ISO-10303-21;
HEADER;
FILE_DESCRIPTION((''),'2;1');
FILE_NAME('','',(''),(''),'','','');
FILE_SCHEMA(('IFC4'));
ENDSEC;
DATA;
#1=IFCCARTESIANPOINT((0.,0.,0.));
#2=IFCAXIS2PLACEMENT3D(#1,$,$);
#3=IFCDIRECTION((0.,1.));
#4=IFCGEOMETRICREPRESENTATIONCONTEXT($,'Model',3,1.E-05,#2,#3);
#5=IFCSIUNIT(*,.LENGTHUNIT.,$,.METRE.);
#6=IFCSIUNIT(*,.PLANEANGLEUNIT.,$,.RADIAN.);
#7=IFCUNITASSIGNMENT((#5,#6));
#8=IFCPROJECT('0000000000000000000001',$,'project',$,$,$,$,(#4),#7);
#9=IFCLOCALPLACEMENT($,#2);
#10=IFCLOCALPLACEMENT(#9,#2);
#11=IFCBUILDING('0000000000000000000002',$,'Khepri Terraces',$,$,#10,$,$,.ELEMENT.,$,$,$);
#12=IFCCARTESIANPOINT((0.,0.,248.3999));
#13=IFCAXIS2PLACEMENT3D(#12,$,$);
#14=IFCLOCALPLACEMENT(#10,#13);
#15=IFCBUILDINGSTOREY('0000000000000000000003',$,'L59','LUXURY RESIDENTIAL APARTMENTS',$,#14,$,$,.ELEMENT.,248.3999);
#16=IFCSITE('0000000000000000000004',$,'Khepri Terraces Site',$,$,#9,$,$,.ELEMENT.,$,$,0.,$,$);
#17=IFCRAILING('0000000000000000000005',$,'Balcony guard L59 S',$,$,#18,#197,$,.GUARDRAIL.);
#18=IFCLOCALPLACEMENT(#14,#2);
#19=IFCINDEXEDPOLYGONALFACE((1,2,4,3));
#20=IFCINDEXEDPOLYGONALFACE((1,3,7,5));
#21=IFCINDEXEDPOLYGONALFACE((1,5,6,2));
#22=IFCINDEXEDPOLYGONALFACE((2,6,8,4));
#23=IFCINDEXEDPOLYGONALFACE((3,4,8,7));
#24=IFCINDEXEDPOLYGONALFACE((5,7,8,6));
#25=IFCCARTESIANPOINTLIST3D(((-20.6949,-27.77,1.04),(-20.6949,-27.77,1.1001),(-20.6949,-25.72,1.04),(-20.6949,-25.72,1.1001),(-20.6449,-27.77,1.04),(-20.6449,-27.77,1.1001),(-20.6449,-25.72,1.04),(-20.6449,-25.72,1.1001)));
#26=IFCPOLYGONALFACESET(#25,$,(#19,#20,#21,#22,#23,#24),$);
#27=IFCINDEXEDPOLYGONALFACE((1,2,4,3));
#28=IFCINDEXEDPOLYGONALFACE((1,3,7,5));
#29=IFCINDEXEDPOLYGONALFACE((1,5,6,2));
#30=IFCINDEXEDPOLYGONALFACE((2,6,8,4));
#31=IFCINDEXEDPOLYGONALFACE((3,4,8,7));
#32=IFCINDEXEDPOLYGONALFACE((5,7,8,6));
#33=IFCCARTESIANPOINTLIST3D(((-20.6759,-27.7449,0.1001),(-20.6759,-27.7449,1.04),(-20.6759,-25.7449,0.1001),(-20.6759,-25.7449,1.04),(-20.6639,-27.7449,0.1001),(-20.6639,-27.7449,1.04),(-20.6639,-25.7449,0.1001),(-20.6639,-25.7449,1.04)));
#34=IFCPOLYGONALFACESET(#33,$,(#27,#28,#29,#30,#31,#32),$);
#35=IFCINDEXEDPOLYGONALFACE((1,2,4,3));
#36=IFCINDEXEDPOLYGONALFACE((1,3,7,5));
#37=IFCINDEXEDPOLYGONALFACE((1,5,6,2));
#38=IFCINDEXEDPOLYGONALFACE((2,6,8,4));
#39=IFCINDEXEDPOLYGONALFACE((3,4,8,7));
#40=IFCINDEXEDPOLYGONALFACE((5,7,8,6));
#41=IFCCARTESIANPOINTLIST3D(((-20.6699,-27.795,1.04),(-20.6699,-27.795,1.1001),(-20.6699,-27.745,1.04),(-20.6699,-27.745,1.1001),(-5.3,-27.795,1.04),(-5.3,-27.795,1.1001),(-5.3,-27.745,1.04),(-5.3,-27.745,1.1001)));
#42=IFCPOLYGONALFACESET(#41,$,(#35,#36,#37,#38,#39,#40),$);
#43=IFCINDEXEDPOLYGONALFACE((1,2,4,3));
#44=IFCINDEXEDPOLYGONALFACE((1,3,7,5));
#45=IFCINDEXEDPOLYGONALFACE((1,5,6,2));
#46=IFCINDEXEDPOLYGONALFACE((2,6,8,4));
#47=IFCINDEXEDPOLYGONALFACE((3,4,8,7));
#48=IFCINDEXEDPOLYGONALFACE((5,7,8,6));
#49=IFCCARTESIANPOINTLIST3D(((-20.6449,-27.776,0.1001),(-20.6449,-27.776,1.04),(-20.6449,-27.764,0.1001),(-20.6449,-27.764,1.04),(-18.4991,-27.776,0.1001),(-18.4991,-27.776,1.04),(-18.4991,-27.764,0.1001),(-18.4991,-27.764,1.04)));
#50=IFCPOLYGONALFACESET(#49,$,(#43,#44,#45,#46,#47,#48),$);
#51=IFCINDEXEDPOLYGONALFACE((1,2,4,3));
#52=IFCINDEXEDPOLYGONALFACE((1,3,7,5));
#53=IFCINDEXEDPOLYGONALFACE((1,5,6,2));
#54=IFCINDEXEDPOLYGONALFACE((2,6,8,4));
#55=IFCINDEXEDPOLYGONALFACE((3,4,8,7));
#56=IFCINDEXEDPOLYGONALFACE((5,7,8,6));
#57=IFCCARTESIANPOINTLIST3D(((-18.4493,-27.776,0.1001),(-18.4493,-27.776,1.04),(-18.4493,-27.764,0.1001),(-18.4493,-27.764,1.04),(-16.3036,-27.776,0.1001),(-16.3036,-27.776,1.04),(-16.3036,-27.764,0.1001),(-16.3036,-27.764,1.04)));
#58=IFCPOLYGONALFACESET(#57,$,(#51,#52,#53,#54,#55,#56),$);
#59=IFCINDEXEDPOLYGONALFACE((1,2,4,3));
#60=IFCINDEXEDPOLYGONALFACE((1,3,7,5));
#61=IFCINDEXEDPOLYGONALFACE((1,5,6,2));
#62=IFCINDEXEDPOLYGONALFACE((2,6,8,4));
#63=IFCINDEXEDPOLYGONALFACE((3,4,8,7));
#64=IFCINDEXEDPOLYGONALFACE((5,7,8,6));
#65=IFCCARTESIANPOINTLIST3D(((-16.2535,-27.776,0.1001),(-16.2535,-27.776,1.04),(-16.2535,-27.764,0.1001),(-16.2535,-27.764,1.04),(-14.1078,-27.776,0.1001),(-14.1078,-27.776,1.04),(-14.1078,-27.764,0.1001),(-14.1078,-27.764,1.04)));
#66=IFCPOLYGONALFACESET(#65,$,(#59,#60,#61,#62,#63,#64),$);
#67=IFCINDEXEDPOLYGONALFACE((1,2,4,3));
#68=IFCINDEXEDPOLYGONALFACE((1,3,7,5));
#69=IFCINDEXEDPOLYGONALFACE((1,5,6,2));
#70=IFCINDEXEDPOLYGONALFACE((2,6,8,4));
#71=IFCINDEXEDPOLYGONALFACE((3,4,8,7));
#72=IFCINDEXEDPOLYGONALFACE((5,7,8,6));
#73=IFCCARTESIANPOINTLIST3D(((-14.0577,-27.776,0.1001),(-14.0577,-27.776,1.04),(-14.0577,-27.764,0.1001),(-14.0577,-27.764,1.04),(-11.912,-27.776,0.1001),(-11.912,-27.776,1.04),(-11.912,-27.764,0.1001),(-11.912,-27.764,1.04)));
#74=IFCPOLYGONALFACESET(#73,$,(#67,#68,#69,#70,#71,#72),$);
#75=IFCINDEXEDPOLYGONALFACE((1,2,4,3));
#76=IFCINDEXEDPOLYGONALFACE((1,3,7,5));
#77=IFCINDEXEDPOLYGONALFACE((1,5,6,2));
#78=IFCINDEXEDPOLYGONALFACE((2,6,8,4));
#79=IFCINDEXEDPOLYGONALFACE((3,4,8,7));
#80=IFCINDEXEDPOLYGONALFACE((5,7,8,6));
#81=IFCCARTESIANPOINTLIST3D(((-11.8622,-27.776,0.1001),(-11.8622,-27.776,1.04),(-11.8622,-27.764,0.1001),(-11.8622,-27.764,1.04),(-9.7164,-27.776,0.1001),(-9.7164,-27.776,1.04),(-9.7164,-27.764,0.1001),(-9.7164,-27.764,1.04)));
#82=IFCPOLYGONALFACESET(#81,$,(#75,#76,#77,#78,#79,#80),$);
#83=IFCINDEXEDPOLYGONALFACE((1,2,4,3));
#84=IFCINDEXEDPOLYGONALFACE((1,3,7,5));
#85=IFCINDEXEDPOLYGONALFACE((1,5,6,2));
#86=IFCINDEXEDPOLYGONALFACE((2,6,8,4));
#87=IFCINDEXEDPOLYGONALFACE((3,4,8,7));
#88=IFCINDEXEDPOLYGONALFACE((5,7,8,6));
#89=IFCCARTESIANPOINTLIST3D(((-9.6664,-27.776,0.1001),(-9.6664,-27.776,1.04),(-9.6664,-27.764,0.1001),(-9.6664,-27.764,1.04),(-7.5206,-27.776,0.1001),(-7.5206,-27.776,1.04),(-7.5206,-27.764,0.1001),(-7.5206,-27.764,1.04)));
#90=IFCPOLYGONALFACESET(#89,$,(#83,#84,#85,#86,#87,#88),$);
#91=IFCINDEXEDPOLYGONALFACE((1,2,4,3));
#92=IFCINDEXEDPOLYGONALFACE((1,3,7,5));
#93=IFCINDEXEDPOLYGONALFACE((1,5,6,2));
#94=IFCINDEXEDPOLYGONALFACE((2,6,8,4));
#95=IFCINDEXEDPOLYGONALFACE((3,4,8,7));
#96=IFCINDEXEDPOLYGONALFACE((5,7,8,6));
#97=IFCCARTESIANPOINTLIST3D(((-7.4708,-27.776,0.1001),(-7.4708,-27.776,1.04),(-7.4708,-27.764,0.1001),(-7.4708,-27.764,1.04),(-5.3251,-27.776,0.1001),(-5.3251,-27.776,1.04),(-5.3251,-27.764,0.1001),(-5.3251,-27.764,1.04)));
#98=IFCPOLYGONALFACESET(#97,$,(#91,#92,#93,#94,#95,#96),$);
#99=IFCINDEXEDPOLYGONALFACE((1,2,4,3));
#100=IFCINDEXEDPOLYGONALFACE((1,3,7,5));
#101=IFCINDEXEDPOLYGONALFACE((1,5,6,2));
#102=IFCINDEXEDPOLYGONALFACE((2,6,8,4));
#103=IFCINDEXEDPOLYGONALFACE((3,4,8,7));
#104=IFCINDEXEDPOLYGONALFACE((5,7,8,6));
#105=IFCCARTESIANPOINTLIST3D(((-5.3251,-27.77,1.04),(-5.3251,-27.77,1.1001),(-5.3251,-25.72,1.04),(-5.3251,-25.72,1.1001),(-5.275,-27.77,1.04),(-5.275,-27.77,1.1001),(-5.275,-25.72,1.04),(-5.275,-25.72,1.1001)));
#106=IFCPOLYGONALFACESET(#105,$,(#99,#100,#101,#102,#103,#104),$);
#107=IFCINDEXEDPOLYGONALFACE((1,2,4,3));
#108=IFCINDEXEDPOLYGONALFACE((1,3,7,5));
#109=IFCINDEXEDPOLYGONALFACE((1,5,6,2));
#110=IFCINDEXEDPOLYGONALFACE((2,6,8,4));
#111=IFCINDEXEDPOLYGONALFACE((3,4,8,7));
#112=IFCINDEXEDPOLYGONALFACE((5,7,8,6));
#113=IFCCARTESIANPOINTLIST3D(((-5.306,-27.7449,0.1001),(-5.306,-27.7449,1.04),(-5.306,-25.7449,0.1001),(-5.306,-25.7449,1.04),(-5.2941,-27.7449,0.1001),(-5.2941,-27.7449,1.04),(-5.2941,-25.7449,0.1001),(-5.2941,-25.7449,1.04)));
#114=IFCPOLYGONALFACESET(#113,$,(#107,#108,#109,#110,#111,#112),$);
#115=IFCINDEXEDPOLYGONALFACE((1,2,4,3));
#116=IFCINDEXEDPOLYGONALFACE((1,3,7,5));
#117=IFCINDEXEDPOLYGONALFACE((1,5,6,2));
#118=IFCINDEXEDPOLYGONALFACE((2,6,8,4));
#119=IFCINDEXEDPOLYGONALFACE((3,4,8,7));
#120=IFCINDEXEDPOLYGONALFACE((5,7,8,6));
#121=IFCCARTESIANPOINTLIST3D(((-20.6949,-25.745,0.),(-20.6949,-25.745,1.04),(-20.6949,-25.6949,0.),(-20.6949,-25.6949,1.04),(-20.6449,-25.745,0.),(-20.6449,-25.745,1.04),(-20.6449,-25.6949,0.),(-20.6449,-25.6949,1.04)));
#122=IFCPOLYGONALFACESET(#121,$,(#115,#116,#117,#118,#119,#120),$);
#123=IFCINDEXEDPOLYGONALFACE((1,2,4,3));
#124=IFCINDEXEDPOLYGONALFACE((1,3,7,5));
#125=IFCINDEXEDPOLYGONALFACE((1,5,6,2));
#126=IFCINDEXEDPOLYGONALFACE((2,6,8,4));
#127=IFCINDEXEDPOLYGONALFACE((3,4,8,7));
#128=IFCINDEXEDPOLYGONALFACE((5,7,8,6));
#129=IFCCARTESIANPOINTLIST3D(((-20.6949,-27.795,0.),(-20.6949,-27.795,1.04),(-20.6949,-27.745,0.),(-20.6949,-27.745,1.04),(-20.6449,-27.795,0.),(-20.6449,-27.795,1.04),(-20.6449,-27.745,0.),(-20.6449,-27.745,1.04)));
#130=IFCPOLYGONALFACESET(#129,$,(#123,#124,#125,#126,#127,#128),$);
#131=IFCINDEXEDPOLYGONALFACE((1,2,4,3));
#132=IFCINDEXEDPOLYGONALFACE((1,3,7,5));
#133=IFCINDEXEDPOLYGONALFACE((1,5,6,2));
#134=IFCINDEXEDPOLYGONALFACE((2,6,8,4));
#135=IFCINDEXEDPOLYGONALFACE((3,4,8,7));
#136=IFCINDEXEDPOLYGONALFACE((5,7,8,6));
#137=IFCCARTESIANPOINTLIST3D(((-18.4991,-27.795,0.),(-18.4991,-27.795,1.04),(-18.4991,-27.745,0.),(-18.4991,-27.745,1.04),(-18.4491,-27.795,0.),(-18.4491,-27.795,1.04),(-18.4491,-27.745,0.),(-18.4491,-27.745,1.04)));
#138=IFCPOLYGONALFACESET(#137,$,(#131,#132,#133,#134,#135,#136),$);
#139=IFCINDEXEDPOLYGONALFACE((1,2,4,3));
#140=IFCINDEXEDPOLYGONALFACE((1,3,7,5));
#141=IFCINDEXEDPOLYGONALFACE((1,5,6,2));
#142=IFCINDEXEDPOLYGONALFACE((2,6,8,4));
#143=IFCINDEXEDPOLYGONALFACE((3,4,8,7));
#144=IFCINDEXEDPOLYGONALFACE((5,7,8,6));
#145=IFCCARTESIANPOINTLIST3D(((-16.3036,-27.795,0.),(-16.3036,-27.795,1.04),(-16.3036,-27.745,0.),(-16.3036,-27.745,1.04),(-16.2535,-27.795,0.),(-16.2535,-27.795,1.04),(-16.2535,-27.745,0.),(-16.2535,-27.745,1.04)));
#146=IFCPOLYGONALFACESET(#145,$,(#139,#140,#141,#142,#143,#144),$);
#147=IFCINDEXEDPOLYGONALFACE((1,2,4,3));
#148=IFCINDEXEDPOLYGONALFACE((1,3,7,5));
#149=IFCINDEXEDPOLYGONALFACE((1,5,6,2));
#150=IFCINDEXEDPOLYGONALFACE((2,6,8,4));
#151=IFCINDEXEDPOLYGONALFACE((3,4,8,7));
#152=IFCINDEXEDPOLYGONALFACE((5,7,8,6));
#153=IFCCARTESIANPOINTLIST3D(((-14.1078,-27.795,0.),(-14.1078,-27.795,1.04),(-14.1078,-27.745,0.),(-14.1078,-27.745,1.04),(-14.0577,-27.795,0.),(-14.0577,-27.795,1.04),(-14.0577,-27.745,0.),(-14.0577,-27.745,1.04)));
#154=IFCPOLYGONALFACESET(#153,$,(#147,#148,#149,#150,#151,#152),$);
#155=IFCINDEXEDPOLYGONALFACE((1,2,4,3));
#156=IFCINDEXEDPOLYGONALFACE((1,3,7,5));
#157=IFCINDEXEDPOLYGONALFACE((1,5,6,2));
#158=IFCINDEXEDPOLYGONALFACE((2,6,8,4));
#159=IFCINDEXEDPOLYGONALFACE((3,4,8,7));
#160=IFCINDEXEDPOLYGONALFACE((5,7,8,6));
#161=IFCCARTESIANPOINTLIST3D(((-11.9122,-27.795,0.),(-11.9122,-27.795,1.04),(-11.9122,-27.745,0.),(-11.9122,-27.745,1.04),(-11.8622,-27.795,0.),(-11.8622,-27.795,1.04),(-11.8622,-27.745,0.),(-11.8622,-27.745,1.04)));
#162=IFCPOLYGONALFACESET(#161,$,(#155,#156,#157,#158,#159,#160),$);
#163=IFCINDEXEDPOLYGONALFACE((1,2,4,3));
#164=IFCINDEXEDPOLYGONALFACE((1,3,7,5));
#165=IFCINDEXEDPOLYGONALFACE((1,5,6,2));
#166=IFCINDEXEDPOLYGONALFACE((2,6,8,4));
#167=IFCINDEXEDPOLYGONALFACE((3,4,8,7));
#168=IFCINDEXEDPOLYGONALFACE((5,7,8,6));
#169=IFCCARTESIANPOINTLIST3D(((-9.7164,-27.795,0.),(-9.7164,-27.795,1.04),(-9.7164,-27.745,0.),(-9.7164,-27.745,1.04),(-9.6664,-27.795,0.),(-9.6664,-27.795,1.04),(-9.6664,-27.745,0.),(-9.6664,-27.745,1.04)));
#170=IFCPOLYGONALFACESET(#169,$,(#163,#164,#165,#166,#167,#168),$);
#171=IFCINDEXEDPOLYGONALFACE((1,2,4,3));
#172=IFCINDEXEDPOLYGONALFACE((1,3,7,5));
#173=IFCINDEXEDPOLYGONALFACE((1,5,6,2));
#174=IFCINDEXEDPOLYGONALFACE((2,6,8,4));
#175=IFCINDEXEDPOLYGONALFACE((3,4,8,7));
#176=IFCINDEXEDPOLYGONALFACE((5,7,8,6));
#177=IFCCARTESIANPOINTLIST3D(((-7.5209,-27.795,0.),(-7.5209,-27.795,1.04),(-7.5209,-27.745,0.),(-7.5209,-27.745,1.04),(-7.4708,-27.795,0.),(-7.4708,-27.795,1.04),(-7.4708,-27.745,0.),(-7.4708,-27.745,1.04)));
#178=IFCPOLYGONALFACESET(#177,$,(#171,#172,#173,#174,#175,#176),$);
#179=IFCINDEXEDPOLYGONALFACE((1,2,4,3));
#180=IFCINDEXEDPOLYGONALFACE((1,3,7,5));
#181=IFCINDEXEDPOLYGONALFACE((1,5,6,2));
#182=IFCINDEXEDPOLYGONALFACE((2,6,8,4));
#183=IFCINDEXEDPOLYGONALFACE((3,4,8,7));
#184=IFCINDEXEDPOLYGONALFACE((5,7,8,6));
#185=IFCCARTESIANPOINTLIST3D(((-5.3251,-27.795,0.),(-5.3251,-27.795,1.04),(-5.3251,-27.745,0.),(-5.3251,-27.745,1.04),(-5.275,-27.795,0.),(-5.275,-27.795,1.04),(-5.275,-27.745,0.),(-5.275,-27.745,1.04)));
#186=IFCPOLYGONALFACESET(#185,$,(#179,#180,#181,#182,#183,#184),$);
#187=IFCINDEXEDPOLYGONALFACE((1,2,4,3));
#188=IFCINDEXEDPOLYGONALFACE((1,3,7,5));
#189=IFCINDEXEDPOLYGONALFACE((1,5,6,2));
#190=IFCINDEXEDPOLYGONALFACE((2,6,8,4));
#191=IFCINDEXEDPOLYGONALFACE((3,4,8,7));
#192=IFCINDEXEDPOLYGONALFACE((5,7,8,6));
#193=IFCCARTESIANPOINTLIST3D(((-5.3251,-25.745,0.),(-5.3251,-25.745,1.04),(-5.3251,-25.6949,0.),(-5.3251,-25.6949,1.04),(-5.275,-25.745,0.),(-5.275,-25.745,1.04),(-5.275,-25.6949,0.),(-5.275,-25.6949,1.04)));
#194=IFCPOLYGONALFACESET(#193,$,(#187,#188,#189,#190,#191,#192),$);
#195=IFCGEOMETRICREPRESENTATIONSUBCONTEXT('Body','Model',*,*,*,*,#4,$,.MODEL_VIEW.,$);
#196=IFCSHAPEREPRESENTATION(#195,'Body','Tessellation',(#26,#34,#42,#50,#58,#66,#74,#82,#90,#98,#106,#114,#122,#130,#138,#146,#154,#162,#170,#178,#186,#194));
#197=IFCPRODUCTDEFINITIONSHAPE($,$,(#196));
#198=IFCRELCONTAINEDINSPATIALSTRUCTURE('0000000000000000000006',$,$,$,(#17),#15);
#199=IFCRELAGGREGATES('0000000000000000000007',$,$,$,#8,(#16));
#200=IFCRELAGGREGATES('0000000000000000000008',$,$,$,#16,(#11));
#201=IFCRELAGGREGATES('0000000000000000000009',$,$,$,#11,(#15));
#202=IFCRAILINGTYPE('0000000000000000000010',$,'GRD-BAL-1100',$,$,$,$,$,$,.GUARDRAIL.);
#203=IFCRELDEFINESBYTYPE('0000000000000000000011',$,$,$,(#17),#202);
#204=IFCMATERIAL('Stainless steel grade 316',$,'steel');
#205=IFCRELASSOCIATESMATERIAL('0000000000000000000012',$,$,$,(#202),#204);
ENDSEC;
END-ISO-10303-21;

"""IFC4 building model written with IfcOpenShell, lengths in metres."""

from ifc_helpers import new_model, si_unit, direction, frame, origin, origin_2d, place, context, subcontext, project, spatial, rectangle, extrude, material, type_object, element, save


model = new_model("IFC4")

# Units and contexts
model_context = context("Model", 3, precision=1e-05, world=origin(), true_north=direction((0.0, 1.0)))
body_context = subcontext(model_context, "Body", "Model", "MODEL_VIEW")
ifc_project = project(units=[si_unit("LENGTHUNIT", "METRE"), si_unit("PLANEANGLEUNIT", "RADIAN")], contexts=[model_context])

# Site, building, storey
site_placement = place(None, origin())
site = spatial("IfcSite", under=ifc_project, at=site_placement, Name="Khepri Terraces Site", CompositionType="ELEMENT", RefElevation=0.0)
building_placement = place(site_placement, origin())
building = spatial("IfcBuilding", under=site, at=building_placement, Name="Khepri Terraces", CompositionType="ELEMENT")
storey_placement = place(building_placement, frame((0.0, 0.0, 248.3999)))
storey = spatial("IfcBuildingStorey", under=building, at=storey_placement, Name="L59", Description="LUXURY RESIDENTIAL APARTMENTS", CompositionType="ELEMENT", Elevation=248.3999)

# Railing
ifc_material_1 = material(Name="Stainless steel grade 316", Category="steel")
railing_type = type_object("IfcRailingType", Name="GRD-BAL-1100", PredefinedType="GUARDRAIL", material=ifc_material_1)
railing_placement = place(storey_placement, frame((-20.6699, -25.72, 0.0)))
element("IfcRailing", 1, at=railing_placement, inside=storey, type_object=railing_type, Name="Balcony guard L59 S", PredefinedType="GUARDRAIL", context=body_context, shape_type="SweptSolid", body=[
    extrude(rectangle(XDim=0.05, YDim=0.0601, at=origin_2d()), frame((0.0, 0.0, 1.0701), z_axis=(0.0, -1.0, 0.0), x_axis=(1.0, 0.0, 0.0)), (0.0, 0.0, 1.0), 2.05),
    extrude(rectangle(XDim=2.0, YDim=0.012, at=origin_2d()), frame((0.0, -1.0249, 0.1001), z_axis=(0.0, 0.0, 1.0), x_axis=(0.0, -1.0, 0.0)), (0.0, 0.0, 1.0), 0.9399),
    extrude(rectangle(XDim=0.05, YDim=0.0601, at=origin_2d()), frame((0.0, -2.05, 1.0701), z_axis=(1.0, 0.0, 0.0), x_axis=(0.0, 1.0, 0.0)), (0.0, 0.0, 1.0), 15.3699),
    extrude(rectangle(XDim=2.1458, YDim=0.012, at=origin_2d()), frame((1.0979, -2.05, 0.1001), z_axis=(0.0, 0.0, 1.0), x_axis=(1.0, 0.0, 0.0)), (0.0, 0.0, 1.0), 0.9399),
    extrude(rectangle(XDim=2.1458, YDim=0.012, at=origin_2d()), frame((3.2935, -2.05, 0.1001), z_axis=(0.0, 0.0, 1.0), x_axis=(1.0, 0.0, 0.0)), (0.0, 0.0, 1.0), 0.9399),
    extrude(rectangle(XDim=2.1458, YDim=0.012, at=origin_2d()), frame((5.4893, -2.05, 0.1001), z_axis=(0.0, 0.0, 1.0), x_axis=(1.0, 0.0, 0.0)), (0.0, 0.0, 1.0), 0.9399),
    extrude(rectangle(XDim=2.1458, YDim=0.012, at=origin_2d()), frame((7.6851, -2.05, 0.1001), z_axis=(0.0, 0.0, 1.0), x_axis=(1.0, 0.0, 0.0)), (0.0, 0.0, 1.0), 0.9399),
    extrude(rectangle(XDim=2.1458, YDim=0.012, at=origin_2d()), frame((9.8806, -2.05, 0.1001), z_axis=(0.0, 0.0, 1.0), x_axis=(1.0, 0.0, 0.0)), (0.0, 0.0, 1.0), 0.9399),
    extrude(rectangle(XDim=2.1458, YDim=0.012, at=origin_2d()), frame((12.0764, -2.05, 0.1001), z_axis=(0.0, 0.0, 1.0), x_axis=(1.0, 0.0, 0.0)), (0.0, 0.0, 1.0), 0.9399),
    extrude(rectangle(XDim=2.1458, YDim=0.012, at=origin_2d()), frame((14.272, -2.05, 0.1001), z_axis=(0.0, 0.0, 1.0), x_axis=(1.0, 0.0, 0.0)), (0.0, 0.0, 1.0), 0.9399),
    extrude(rectangle(XDim=0.05, YDim=0.0601, at=origin_2d()), frame((15.3699, -2.05, 1.0701), z_axis=(0.0, 1.0, 0.0), x_axis=(-1.0, 0.0, 0.0)), (0.0, 0.0, 1.0), 2.05),
    extrude(rectangle(XDim=2.0, YDim=0.012, at=origin_2d()), frame((15.3699, -1.0249, 0.1001), z_axis=(0.0, 0.0, 1.0), x_axis=(0.0, 1.0, 0.0)), (0.0, 0.0, 1.0), 0.9399),
    extrude(rectangle(XDim=0.05, YDim=0.05, at=origin_2d()), origin(), (0.0, 0.0, 1.0), 1.04),
    extrude(rectangle(XDim=0.05, YDim=0.05, at=origin_2d()), frame((0.0, -2.05, 0.0)), (0.0, 0.0, 1.0), 1.04),
    extrude(rectangle(XDim=0.05, YDim=0.05, at=origin_2d()), frame((2.1958, -2.05, 0.0)), (0.0, 0.0, 1.0), 1.04),
    extrude(rectangle(XDim=0.05, YDim=0.05, at=origin_2d()), frame((4.3914, -2.05, 0.0)), (0.0, 0.0, 1.0), 1.04),
    extrude(rectangle(XDim=0.05, YDim=0.05, at=origin_2d()), frame((6.5872, -2.05, 0.0)), (0.0, 0.0, 1.0), 1.04),
    extrude(rectangle(XDim=0.05, YDim=0.05, at=origin_2d()), frame((8.7827, -2.05, 0.0)), (0.0, 0.0, 1.0), 1.04),
    extrude(rectangle(XDim=0.05, YDim=0.05, at=origin_2d()), frame((10.9785, -2.05, 0.0)), (0.0, 0.0, 1.0), 1.04),
    extrude(rectangle(XDim=0.05, YDim=0.05, at=origin_2d()), frame((13.1741, -2.05, 0.0)), (0.0, 0.0, 1.0), 1.04),
    extrude(rectangle(XDim=0.05, YDim=0.05, at=origin_2d()), frame((15.3699, -2.05, 0.0)), (0.0, 0.0, 1.0), 1.04),
    extrude(rectangle(XDim=0.05, YDim=0.05, at=origin_2d()), frame((15.3699, 0.0, 0.0)), (0.0, 0.0, 1.0), 1.04),
])

save(model, "model.ifc")
